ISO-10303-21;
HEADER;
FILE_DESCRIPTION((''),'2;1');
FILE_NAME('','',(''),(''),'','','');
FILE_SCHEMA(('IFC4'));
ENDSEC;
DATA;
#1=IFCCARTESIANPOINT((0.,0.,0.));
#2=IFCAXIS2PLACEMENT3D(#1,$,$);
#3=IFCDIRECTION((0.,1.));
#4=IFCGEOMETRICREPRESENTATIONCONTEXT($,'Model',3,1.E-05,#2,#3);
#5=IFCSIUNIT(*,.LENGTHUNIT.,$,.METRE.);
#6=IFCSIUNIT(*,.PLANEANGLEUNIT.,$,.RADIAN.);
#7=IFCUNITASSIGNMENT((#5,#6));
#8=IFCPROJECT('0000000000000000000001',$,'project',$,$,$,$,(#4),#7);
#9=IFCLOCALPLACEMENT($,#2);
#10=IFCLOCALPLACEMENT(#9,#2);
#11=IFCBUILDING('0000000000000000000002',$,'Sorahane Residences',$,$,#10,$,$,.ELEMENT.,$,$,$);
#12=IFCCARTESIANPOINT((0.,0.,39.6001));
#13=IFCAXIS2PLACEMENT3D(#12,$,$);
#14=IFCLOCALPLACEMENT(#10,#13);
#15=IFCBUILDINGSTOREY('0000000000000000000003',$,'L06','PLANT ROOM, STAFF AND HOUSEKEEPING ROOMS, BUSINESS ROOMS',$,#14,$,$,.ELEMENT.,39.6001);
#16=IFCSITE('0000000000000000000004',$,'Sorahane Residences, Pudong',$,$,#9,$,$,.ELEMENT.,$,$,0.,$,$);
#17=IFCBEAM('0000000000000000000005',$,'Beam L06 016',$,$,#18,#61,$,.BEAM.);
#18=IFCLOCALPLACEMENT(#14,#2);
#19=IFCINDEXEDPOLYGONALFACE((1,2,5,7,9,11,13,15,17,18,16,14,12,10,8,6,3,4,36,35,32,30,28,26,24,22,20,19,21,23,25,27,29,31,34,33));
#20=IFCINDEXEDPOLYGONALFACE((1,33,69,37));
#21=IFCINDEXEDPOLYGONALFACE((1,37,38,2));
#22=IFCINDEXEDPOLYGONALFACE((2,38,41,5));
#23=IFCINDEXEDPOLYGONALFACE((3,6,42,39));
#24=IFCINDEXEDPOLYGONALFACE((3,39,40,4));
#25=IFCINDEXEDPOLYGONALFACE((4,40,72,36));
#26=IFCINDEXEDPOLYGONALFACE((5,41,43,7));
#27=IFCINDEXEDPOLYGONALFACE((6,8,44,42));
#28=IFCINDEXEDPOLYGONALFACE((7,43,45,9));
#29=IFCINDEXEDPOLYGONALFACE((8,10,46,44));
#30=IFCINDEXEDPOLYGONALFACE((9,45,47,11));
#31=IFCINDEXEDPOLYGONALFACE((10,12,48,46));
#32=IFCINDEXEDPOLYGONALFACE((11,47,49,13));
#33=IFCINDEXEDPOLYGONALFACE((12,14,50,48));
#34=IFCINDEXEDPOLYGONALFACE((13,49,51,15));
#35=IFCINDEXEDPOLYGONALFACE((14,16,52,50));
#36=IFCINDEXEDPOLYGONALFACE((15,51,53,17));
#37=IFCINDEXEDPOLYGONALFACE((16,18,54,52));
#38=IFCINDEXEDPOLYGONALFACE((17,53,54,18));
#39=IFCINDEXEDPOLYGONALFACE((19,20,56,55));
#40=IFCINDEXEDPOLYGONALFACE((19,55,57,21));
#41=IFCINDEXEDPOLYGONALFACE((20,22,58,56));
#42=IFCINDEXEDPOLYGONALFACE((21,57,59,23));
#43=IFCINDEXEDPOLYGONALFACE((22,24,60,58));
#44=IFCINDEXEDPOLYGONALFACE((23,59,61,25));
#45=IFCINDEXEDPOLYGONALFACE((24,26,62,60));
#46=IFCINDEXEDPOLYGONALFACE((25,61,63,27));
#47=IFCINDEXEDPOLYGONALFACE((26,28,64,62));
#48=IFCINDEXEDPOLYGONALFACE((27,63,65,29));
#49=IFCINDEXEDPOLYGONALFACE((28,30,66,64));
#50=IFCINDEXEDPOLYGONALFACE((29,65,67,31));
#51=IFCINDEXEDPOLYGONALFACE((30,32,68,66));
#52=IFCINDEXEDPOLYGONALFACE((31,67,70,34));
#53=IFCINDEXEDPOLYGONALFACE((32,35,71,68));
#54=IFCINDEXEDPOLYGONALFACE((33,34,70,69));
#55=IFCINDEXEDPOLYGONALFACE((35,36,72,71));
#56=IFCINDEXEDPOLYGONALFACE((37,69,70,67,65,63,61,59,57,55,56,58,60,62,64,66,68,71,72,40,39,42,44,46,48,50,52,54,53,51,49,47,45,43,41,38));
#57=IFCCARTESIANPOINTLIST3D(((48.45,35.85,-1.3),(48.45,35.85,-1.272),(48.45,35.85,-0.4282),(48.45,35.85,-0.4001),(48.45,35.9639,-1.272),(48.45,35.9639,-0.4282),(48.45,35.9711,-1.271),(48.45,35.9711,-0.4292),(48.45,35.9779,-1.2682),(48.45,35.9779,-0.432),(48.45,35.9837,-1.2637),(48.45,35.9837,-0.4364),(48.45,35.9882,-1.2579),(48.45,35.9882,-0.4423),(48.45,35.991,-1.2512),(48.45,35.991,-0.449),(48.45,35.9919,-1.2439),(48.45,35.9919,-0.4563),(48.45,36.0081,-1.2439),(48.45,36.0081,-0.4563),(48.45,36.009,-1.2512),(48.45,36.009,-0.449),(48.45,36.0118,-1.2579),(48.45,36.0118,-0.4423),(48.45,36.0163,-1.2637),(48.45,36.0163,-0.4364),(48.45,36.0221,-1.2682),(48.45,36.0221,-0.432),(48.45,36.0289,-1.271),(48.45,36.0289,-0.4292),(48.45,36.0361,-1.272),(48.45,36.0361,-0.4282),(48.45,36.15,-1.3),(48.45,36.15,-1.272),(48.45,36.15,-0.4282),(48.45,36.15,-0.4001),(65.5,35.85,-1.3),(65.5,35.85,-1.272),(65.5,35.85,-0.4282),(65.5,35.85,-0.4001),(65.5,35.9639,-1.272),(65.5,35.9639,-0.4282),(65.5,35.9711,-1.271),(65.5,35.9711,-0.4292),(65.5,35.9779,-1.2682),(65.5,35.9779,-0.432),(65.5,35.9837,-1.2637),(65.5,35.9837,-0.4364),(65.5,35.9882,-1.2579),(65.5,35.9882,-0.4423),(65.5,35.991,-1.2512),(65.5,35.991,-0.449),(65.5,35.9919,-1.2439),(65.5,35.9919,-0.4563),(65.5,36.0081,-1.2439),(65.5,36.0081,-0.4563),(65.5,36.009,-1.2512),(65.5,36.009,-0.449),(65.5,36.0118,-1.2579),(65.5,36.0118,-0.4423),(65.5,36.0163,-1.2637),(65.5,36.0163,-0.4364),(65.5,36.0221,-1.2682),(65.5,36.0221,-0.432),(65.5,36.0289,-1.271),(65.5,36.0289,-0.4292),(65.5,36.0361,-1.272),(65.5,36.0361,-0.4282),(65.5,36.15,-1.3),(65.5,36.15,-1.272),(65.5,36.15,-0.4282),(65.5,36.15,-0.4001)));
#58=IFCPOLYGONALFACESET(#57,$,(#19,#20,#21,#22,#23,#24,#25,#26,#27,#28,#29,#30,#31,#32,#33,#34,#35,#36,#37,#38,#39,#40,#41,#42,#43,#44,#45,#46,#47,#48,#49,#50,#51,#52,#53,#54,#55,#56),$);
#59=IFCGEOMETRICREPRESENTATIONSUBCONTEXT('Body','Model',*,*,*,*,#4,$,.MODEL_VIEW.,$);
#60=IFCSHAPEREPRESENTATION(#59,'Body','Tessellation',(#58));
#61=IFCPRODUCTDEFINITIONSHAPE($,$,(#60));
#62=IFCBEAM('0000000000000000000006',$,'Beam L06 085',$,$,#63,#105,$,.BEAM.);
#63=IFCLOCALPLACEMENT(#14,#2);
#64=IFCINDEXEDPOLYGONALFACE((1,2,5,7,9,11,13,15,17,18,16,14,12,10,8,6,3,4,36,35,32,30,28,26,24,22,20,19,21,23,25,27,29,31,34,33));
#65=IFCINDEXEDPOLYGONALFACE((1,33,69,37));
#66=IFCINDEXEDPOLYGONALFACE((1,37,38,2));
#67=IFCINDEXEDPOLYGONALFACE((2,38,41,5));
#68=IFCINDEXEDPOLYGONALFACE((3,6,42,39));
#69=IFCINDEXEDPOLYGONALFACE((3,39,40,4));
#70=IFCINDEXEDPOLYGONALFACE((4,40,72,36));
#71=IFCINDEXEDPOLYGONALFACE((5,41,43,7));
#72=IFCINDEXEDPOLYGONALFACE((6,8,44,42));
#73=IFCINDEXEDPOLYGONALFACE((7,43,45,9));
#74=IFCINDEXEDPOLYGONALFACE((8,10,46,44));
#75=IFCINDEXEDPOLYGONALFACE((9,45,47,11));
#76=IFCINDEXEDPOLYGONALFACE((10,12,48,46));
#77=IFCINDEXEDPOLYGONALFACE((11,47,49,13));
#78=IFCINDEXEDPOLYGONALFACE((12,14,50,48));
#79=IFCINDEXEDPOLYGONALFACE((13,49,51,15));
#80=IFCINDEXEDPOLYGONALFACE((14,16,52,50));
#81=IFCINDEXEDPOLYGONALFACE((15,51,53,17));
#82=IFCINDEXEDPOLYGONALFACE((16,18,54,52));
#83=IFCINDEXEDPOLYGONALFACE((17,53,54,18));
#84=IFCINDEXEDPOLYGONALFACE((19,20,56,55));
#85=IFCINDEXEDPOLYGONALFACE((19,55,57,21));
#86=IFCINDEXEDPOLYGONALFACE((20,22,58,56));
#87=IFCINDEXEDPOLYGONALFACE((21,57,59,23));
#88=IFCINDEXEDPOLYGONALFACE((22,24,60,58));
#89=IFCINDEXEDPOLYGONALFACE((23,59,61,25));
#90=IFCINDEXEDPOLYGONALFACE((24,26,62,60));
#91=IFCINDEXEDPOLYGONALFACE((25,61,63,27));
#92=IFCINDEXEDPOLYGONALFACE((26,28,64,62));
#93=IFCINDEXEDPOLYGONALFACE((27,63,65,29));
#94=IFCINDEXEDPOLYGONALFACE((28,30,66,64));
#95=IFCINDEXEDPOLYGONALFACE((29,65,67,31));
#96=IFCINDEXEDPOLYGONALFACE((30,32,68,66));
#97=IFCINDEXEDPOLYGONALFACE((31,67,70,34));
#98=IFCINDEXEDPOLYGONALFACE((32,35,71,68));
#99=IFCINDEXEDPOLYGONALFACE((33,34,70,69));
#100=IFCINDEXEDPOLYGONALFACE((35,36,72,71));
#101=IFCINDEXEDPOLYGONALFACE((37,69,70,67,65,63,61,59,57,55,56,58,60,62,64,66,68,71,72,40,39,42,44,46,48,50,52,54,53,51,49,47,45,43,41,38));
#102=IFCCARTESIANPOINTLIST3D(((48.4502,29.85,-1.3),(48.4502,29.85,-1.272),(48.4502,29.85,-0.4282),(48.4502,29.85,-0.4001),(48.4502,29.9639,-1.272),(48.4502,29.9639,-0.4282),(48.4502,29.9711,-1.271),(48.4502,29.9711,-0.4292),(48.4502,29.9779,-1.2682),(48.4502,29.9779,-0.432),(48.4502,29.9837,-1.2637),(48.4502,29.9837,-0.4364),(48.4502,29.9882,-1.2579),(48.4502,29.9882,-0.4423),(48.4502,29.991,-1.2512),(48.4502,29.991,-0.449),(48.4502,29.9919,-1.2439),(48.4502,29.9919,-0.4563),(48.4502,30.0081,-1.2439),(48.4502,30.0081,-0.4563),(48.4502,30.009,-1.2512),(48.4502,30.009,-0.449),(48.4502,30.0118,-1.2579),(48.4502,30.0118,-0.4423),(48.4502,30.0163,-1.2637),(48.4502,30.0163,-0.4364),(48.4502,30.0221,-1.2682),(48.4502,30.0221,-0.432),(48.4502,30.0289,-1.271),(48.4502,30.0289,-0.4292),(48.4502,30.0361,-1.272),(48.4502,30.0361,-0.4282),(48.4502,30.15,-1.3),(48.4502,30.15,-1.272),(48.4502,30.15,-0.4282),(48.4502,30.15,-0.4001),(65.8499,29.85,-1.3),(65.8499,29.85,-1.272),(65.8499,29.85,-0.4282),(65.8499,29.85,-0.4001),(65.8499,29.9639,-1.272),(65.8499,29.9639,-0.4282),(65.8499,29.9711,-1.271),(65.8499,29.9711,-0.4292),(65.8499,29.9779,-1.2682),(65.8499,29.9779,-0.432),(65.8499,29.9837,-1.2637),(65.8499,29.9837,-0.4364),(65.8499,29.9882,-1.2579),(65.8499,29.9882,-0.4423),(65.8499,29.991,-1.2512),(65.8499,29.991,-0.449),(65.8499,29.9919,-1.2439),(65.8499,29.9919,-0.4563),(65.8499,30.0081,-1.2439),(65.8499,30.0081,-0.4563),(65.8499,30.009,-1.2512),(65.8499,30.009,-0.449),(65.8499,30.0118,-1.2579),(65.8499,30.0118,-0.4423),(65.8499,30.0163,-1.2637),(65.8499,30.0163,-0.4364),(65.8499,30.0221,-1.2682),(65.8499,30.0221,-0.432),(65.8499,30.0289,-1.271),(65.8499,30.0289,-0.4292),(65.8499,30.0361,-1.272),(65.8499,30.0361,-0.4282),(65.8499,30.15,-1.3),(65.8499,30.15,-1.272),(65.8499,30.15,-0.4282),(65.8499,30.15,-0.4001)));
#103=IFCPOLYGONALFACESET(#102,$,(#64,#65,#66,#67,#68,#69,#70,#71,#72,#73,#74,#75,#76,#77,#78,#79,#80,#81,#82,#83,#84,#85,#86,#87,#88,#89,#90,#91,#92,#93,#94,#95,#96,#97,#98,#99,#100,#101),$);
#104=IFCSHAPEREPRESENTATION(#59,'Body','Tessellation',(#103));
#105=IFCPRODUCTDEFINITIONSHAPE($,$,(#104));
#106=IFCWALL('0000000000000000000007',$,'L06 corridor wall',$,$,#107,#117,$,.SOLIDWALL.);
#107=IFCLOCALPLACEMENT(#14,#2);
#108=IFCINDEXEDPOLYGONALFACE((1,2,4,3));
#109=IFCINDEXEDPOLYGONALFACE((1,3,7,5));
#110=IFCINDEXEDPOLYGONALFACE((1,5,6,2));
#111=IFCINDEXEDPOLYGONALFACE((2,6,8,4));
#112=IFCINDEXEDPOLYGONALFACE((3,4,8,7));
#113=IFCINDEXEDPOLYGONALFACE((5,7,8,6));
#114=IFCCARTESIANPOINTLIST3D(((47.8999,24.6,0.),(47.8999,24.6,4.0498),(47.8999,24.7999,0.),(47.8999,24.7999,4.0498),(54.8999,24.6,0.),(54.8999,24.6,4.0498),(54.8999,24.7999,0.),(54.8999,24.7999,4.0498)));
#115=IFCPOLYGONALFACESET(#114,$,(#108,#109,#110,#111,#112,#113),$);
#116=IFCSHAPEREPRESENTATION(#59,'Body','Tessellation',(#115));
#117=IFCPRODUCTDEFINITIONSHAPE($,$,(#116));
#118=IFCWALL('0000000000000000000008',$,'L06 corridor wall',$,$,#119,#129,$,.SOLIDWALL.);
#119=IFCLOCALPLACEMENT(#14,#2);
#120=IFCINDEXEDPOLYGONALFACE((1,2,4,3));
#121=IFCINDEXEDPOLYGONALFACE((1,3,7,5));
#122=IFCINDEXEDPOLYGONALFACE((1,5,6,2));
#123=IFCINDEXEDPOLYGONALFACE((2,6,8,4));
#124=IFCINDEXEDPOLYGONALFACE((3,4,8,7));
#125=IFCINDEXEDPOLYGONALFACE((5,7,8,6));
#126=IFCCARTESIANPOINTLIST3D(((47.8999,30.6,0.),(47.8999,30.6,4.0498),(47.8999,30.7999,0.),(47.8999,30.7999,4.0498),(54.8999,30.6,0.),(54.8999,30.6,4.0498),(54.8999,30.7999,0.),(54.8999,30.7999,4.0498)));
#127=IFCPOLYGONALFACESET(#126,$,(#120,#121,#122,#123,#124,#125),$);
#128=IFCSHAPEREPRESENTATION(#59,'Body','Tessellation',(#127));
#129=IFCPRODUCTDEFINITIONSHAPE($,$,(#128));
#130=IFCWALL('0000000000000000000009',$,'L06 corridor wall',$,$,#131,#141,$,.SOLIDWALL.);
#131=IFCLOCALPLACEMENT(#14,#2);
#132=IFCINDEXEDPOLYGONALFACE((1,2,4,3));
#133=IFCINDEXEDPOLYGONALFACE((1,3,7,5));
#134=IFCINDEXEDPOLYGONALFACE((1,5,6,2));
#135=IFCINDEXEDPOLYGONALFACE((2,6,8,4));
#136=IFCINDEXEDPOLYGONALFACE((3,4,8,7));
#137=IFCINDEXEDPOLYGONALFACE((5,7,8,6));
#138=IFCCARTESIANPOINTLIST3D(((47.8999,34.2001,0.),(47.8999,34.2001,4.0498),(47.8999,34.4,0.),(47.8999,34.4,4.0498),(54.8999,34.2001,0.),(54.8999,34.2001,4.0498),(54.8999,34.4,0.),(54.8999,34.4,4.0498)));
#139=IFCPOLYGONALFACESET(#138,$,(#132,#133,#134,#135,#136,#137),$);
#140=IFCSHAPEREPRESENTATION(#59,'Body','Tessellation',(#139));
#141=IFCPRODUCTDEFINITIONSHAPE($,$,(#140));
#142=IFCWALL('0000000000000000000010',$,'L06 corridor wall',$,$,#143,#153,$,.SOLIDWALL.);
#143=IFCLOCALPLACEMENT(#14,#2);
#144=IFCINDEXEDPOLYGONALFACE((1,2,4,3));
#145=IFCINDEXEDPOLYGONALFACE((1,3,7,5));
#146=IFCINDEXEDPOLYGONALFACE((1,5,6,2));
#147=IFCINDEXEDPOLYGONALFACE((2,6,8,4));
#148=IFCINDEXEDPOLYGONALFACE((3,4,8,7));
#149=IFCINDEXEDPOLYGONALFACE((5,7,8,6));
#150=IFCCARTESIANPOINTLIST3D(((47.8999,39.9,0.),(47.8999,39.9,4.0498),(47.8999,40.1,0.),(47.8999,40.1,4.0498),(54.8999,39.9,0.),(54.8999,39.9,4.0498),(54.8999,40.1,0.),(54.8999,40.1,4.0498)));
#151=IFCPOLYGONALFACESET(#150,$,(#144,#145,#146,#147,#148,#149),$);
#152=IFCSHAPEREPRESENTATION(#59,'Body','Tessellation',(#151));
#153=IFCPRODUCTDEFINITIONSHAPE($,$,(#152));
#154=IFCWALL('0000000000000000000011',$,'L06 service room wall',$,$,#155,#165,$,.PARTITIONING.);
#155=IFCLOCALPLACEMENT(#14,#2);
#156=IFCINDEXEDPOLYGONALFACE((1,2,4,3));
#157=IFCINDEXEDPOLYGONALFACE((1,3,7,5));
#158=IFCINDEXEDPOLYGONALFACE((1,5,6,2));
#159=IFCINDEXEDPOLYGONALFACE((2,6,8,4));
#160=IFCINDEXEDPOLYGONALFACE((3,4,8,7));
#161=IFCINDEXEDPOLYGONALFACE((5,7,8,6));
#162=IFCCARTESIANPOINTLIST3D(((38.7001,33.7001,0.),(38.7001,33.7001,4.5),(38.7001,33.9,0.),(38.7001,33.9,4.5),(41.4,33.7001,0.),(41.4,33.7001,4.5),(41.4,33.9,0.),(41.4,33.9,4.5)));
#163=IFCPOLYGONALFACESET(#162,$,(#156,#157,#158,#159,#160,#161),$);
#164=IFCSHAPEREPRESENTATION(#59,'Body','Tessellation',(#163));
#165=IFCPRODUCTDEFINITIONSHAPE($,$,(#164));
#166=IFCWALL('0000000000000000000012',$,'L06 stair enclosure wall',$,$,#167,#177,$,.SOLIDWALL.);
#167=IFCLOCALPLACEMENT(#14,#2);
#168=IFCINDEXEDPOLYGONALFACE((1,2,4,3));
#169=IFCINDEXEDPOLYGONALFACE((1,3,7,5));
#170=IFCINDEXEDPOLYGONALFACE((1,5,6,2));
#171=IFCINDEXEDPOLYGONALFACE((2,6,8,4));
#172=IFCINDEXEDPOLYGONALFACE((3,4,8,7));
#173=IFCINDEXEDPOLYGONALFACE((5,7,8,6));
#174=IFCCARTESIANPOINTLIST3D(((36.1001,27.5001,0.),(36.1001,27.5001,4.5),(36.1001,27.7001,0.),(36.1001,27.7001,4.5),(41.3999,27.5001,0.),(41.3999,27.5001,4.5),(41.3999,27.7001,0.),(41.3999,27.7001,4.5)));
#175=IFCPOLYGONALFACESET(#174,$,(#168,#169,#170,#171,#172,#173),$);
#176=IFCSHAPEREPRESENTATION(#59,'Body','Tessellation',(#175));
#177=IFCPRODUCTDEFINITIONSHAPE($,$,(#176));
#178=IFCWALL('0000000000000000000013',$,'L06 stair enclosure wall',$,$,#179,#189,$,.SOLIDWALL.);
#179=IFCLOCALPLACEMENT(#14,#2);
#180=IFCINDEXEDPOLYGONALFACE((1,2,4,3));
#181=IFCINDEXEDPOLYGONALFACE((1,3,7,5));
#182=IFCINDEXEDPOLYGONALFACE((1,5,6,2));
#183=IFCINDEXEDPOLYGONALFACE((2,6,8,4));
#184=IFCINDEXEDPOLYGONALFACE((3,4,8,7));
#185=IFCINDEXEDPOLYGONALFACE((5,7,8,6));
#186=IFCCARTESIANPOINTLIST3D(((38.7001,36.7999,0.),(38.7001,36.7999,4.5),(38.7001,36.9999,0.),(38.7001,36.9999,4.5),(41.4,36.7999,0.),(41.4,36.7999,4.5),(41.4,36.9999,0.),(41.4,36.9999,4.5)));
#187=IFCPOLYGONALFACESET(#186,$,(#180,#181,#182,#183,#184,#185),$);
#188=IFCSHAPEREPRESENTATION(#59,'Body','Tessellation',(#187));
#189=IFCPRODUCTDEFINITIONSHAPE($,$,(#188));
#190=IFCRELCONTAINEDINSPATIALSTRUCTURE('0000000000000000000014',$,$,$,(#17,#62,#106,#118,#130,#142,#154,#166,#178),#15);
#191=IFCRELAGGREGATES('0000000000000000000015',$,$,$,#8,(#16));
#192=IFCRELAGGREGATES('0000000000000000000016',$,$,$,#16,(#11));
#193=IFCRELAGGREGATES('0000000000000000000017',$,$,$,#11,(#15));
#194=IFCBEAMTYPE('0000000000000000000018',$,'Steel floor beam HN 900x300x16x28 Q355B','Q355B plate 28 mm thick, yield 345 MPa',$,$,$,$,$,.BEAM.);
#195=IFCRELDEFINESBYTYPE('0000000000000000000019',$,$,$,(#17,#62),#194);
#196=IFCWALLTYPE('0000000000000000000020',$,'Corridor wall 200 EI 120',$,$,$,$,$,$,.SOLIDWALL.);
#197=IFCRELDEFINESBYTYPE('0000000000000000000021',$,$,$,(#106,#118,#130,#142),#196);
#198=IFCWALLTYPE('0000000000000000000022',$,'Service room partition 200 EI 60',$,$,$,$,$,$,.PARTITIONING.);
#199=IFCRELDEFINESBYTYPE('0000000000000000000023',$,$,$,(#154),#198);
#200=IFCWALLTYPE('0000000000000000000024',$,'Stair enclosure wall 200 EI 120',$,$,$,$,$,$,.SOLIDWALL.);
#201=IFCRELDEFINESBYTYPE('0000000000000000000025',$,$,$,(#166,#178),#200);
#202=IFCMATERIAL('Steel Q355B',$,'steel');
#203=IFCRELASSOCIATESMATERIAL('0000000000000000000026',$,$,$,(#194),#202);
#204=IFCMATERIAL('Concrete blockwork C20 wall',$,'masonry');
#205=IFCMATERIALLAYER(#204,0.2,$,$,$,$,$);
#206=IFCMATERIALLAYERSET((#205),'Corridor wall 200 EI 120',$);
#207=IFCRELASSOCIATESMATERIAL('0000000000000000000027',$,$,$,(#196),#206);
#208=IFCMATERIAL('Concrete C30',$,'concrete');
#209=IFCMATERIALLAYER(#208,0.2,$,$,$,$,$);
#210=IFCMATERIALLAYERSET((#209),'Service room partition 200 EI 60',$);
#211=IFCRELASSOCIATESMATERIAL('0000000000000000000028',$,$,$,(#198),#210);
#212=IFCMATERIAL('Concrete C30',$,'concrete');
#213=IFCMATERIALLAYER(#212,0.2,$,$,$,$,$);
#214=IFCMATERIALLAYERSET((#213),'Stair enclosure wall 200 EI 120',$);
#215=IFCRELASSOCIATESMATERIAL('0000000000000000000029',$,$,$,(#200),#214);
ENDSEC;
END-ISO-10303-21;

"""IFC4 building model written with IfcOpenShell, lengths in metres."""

from ifc_helpers import new_model, si_unit, direction, frame, frame_2d, origin, origin_2d, place, context, subcontext, project, spatial, rectangle, i_section, extrude, material, layer, layer_set, material_profile, profile_set, type_object, element, save


model = new_model("IFC4")

# Units and contexts
model_context = context("Model", 3, precision=1e-05, world=origin(), true_north=direction((0.0, 1.0)))
body_context = subcontext(model_context, "Body", "Model", "MODEL_VIEW")
ifc_project = project(units=[si_unit("LENGTHUNIT", "METRE"), si_unit("PLANEANGLEUNIT", "RADIAN")], contexts=[model_context])

# Site, building, storey
site_placement = place(None, origin())
site = spatial("IfcSite", under=ifc_project, at=site_placement, Name="Sorahane Residences, Pudong", CompositionType="ELEMENT", RefElevation=0.0)
building_placement = place(site_placement, origin())
building = spatial("IfcBuilding", under=site, at=building_placement, Name="Sorahane Residences", CompositionType="ELEMENT")
storey_placement = place(building_placement, frame((0.0, 0.0, 39.6001)))
storey = spatial("IfcBuildingStorey", under=building, at=storey_placement, Name="L06", Description="PLANT ROOM, STAFF AND HOUSEKEEPING ROOMS, BUSINESS ROOMS", CompositionType="ELEMENT", Elevation=39.6001)

# Beams
ifc_material_1 = material(Name="Steel Q355B", Category="steel")
ifc_material_profile_1 = material_profile(ifc_material_1, i_section(OverallWidth=0.3, OverallDepth=0.8999, WebThickness=0.0161, FlangeThickness=0.0281, FilletRadius=0.0281, at=origin_2d()), Name="HN 900x300x16x28")
ifc_profile_set_1 = profile_set([ifc_material_profile_1], Name="Steel Q355B")
beam_type_1 = type_object("IfcBeamType", Name="Steel floor beam HN 900x300x16x28 Q355B", Description="Q355B plate 28 mm thick, yield 345 MPa", PredefinedType="BEAM", material=ifc_profile_set_1)
beam_1_placement = place(storey_placement, frame((48.45, 36.0, -0.8501), z_axis=(1.0, 0.0, 0.0), x_axis=(0.0, 1.0, 0.0)))
element("IfcBeam", 1, at=beam_1_placement, inside=storey, type_object=beam_type_1, Name="Beam L06 016", PredefinedType="BEAM", context=body_context, shape_type="SweptSolid", body=[
    extrude(i_section(OverallWidth=0.3, OverallDepth=0.8999, WebThickness=0.0161, FlangeThickness=0.0281, FilletRadius=0.0281, at=origin_2d()), origin(), (0.0, 0.0, 1.0), 17.05),
])
beam_2_placement = place(storey_placement, frame((48.4502, 30.0, -0.8501), z_axis=(1.0, 0.0, 0.0), x_axis=(0.0, 1.0, 0.0)))
element("IfcBeam", 2, at=beam_2_placement, inside=storey, type_object=beam_type_1, Name="Beam L06 085", PredefinedType="BEAM", context=body_context, shape_type="SweptSolid", body=[
    extrude(i_section(OverallWidth=0.3, OverallDepth=0.8999, WebThickness=0.0161, FlangeThickness=0.0281, FilletRadius=0.0281, at=origin_2d()), origin(), (0.0, 0.0, 1.0), 17.3997),
])

# Walls
ifc_material_2 = material(Name="Concrete blockwork C20 wall", Category="masonry")
ifc_layer_1 = layer(ifc_material_2, 0.2)
ifc_layer_set_1 = layer_set([ifc_layer_1], Name="Corridor wall 200 EI 120")
wall_type_1 = type_object("IfcWallType", Name="Corridor wall 200 EI 120", PredefinedType="SOLIDWALL", material=ifc_layer_set_1)
for number, where, z_axis, x_axis, name in (
    (3, (47.8999, 24.7, 0.0), (0.0, 0.0, 1.0), (1.0, 0.0, 0.0), "L06 corridor wall"),
    (4, (47.8999, 30.7, 0.0), (0.0, 0.0, 1.0), (1.0, 0.0, 0.0), "L06 corridor wall"),
    (5, (47.8999, 34.3, 0.0), (0.0, 0.0, 1.0), (1.0, 0.0, 0.0), "L06 corridor wall"),
    (6, (47.8999, 40.0, 0.0), (0.0, 0.0, 1.0), (1.0, 0.0, 0.0), "L06 corridor wall"),
):
    element("IfcWall", number, at=place(storey_placement, frame(where, z_axis=z_axis, x_axis=x_axis)), inside=storey, type_object=wall_type_1, Name=name, PredefinedType="SOLIDWALL", context=body_context, shape_type="SweptSolid", body=[
        extrude(rectangle(XDim=7.0, YDim=0.2, at=frame_2d((3.5, 0.0))), origin(), (0.0, 0.0, 1.0), 4.0498),
    ])
ifc_material_3 = material(Name="Concrete C30", Category="concrete")
ifc_layer_2 = layer(ifc_material_3, 0.2)
ifc_layer_set_2 = layer_set([ifc_layer_2], Name="Service room partition 200 EI 60")
wall_type_2 = type_object("IfcWallType", Name="Service room partition 200 EI 60", PredefinedType="PARTITIONING", material=ifc_layer_set_2)
wall_1_placement = place(storey_placement, frame((38.7, 33.8, 0.0), z_axis=(0.0, 0.0, 1.0), x_axis=(1.0, 0.0, 0.0)))
element("IfcWall", 7, at=wall_1_placement, inside=storey, type_object=wall_type_2, Name="L06 service room wall", PredefinedType="PARTITIONING", context=body_context, shape_type="SweptSolid", body=[
    extrude(rectangle(XDim=2.7, YDim=0.2, at=frame_2d((1.3501, 0.0))), origin(), (0.0, 0.0, 1.0), 4.5),
])
ifc_material_4 = material(Name="Concrete C30", Category="concrete")
ifc_layer_3 = layer(ifc_material_4, 0.2)
ifc_layer_set_3 = layer_set([ifc_layer_3], Name="Stair enclosure wall 200 EI 120")
wall_type_3 = type_object("IfcWallType", Name="Stair enclosure wall 200 EI 120", PredefinedType="SOLIDWALL", material=ifc_layer_set_3)
wall_2_placement = place(storey_placement, frame((36.1001, 27.6001, 0.0), z_axis=(0.0, 0.0, 1.0), x_axis=(1.0, 0.0, 0.0)))
element("IfcWall", 8, at=wall_2_placement, inside=storey, type_object=wall_type_3, Name="L06 stair enclosure wall", PredefinedType="SOLIDWALL", context=body_context, shape_type="SweptSolid", body=[
    extrude(rectangle(XDim=5.2998, YDim=0.2, at=frame_2d((2.6499, 0.0))), origin(), (0.0, 0.0, 1.0), 4.5),
])
wall_3_placement = place(storey_placement, frame((38.7, 36.8999, 0.0), z_axis=(0.0, 0.0, 1.0), x_axis=(1.0, 0.0, 0.0)))
element("IfcWall", 9, at=wall_3_placement, inside=storey, type_object=wall_type_3, Name="L06 stair enclosure wall", PredefinedType="SOLIDWALL", context=body_context, shape_type="SweptSolid", body=[
    extrude(rectangle(XDim=2.7, YDim=0.2, at=frame_2d((1.3501, 0.0))), origin(), (0.0, 0.0, 1.0), 4.5),
])

save(model, "model.ifc")
